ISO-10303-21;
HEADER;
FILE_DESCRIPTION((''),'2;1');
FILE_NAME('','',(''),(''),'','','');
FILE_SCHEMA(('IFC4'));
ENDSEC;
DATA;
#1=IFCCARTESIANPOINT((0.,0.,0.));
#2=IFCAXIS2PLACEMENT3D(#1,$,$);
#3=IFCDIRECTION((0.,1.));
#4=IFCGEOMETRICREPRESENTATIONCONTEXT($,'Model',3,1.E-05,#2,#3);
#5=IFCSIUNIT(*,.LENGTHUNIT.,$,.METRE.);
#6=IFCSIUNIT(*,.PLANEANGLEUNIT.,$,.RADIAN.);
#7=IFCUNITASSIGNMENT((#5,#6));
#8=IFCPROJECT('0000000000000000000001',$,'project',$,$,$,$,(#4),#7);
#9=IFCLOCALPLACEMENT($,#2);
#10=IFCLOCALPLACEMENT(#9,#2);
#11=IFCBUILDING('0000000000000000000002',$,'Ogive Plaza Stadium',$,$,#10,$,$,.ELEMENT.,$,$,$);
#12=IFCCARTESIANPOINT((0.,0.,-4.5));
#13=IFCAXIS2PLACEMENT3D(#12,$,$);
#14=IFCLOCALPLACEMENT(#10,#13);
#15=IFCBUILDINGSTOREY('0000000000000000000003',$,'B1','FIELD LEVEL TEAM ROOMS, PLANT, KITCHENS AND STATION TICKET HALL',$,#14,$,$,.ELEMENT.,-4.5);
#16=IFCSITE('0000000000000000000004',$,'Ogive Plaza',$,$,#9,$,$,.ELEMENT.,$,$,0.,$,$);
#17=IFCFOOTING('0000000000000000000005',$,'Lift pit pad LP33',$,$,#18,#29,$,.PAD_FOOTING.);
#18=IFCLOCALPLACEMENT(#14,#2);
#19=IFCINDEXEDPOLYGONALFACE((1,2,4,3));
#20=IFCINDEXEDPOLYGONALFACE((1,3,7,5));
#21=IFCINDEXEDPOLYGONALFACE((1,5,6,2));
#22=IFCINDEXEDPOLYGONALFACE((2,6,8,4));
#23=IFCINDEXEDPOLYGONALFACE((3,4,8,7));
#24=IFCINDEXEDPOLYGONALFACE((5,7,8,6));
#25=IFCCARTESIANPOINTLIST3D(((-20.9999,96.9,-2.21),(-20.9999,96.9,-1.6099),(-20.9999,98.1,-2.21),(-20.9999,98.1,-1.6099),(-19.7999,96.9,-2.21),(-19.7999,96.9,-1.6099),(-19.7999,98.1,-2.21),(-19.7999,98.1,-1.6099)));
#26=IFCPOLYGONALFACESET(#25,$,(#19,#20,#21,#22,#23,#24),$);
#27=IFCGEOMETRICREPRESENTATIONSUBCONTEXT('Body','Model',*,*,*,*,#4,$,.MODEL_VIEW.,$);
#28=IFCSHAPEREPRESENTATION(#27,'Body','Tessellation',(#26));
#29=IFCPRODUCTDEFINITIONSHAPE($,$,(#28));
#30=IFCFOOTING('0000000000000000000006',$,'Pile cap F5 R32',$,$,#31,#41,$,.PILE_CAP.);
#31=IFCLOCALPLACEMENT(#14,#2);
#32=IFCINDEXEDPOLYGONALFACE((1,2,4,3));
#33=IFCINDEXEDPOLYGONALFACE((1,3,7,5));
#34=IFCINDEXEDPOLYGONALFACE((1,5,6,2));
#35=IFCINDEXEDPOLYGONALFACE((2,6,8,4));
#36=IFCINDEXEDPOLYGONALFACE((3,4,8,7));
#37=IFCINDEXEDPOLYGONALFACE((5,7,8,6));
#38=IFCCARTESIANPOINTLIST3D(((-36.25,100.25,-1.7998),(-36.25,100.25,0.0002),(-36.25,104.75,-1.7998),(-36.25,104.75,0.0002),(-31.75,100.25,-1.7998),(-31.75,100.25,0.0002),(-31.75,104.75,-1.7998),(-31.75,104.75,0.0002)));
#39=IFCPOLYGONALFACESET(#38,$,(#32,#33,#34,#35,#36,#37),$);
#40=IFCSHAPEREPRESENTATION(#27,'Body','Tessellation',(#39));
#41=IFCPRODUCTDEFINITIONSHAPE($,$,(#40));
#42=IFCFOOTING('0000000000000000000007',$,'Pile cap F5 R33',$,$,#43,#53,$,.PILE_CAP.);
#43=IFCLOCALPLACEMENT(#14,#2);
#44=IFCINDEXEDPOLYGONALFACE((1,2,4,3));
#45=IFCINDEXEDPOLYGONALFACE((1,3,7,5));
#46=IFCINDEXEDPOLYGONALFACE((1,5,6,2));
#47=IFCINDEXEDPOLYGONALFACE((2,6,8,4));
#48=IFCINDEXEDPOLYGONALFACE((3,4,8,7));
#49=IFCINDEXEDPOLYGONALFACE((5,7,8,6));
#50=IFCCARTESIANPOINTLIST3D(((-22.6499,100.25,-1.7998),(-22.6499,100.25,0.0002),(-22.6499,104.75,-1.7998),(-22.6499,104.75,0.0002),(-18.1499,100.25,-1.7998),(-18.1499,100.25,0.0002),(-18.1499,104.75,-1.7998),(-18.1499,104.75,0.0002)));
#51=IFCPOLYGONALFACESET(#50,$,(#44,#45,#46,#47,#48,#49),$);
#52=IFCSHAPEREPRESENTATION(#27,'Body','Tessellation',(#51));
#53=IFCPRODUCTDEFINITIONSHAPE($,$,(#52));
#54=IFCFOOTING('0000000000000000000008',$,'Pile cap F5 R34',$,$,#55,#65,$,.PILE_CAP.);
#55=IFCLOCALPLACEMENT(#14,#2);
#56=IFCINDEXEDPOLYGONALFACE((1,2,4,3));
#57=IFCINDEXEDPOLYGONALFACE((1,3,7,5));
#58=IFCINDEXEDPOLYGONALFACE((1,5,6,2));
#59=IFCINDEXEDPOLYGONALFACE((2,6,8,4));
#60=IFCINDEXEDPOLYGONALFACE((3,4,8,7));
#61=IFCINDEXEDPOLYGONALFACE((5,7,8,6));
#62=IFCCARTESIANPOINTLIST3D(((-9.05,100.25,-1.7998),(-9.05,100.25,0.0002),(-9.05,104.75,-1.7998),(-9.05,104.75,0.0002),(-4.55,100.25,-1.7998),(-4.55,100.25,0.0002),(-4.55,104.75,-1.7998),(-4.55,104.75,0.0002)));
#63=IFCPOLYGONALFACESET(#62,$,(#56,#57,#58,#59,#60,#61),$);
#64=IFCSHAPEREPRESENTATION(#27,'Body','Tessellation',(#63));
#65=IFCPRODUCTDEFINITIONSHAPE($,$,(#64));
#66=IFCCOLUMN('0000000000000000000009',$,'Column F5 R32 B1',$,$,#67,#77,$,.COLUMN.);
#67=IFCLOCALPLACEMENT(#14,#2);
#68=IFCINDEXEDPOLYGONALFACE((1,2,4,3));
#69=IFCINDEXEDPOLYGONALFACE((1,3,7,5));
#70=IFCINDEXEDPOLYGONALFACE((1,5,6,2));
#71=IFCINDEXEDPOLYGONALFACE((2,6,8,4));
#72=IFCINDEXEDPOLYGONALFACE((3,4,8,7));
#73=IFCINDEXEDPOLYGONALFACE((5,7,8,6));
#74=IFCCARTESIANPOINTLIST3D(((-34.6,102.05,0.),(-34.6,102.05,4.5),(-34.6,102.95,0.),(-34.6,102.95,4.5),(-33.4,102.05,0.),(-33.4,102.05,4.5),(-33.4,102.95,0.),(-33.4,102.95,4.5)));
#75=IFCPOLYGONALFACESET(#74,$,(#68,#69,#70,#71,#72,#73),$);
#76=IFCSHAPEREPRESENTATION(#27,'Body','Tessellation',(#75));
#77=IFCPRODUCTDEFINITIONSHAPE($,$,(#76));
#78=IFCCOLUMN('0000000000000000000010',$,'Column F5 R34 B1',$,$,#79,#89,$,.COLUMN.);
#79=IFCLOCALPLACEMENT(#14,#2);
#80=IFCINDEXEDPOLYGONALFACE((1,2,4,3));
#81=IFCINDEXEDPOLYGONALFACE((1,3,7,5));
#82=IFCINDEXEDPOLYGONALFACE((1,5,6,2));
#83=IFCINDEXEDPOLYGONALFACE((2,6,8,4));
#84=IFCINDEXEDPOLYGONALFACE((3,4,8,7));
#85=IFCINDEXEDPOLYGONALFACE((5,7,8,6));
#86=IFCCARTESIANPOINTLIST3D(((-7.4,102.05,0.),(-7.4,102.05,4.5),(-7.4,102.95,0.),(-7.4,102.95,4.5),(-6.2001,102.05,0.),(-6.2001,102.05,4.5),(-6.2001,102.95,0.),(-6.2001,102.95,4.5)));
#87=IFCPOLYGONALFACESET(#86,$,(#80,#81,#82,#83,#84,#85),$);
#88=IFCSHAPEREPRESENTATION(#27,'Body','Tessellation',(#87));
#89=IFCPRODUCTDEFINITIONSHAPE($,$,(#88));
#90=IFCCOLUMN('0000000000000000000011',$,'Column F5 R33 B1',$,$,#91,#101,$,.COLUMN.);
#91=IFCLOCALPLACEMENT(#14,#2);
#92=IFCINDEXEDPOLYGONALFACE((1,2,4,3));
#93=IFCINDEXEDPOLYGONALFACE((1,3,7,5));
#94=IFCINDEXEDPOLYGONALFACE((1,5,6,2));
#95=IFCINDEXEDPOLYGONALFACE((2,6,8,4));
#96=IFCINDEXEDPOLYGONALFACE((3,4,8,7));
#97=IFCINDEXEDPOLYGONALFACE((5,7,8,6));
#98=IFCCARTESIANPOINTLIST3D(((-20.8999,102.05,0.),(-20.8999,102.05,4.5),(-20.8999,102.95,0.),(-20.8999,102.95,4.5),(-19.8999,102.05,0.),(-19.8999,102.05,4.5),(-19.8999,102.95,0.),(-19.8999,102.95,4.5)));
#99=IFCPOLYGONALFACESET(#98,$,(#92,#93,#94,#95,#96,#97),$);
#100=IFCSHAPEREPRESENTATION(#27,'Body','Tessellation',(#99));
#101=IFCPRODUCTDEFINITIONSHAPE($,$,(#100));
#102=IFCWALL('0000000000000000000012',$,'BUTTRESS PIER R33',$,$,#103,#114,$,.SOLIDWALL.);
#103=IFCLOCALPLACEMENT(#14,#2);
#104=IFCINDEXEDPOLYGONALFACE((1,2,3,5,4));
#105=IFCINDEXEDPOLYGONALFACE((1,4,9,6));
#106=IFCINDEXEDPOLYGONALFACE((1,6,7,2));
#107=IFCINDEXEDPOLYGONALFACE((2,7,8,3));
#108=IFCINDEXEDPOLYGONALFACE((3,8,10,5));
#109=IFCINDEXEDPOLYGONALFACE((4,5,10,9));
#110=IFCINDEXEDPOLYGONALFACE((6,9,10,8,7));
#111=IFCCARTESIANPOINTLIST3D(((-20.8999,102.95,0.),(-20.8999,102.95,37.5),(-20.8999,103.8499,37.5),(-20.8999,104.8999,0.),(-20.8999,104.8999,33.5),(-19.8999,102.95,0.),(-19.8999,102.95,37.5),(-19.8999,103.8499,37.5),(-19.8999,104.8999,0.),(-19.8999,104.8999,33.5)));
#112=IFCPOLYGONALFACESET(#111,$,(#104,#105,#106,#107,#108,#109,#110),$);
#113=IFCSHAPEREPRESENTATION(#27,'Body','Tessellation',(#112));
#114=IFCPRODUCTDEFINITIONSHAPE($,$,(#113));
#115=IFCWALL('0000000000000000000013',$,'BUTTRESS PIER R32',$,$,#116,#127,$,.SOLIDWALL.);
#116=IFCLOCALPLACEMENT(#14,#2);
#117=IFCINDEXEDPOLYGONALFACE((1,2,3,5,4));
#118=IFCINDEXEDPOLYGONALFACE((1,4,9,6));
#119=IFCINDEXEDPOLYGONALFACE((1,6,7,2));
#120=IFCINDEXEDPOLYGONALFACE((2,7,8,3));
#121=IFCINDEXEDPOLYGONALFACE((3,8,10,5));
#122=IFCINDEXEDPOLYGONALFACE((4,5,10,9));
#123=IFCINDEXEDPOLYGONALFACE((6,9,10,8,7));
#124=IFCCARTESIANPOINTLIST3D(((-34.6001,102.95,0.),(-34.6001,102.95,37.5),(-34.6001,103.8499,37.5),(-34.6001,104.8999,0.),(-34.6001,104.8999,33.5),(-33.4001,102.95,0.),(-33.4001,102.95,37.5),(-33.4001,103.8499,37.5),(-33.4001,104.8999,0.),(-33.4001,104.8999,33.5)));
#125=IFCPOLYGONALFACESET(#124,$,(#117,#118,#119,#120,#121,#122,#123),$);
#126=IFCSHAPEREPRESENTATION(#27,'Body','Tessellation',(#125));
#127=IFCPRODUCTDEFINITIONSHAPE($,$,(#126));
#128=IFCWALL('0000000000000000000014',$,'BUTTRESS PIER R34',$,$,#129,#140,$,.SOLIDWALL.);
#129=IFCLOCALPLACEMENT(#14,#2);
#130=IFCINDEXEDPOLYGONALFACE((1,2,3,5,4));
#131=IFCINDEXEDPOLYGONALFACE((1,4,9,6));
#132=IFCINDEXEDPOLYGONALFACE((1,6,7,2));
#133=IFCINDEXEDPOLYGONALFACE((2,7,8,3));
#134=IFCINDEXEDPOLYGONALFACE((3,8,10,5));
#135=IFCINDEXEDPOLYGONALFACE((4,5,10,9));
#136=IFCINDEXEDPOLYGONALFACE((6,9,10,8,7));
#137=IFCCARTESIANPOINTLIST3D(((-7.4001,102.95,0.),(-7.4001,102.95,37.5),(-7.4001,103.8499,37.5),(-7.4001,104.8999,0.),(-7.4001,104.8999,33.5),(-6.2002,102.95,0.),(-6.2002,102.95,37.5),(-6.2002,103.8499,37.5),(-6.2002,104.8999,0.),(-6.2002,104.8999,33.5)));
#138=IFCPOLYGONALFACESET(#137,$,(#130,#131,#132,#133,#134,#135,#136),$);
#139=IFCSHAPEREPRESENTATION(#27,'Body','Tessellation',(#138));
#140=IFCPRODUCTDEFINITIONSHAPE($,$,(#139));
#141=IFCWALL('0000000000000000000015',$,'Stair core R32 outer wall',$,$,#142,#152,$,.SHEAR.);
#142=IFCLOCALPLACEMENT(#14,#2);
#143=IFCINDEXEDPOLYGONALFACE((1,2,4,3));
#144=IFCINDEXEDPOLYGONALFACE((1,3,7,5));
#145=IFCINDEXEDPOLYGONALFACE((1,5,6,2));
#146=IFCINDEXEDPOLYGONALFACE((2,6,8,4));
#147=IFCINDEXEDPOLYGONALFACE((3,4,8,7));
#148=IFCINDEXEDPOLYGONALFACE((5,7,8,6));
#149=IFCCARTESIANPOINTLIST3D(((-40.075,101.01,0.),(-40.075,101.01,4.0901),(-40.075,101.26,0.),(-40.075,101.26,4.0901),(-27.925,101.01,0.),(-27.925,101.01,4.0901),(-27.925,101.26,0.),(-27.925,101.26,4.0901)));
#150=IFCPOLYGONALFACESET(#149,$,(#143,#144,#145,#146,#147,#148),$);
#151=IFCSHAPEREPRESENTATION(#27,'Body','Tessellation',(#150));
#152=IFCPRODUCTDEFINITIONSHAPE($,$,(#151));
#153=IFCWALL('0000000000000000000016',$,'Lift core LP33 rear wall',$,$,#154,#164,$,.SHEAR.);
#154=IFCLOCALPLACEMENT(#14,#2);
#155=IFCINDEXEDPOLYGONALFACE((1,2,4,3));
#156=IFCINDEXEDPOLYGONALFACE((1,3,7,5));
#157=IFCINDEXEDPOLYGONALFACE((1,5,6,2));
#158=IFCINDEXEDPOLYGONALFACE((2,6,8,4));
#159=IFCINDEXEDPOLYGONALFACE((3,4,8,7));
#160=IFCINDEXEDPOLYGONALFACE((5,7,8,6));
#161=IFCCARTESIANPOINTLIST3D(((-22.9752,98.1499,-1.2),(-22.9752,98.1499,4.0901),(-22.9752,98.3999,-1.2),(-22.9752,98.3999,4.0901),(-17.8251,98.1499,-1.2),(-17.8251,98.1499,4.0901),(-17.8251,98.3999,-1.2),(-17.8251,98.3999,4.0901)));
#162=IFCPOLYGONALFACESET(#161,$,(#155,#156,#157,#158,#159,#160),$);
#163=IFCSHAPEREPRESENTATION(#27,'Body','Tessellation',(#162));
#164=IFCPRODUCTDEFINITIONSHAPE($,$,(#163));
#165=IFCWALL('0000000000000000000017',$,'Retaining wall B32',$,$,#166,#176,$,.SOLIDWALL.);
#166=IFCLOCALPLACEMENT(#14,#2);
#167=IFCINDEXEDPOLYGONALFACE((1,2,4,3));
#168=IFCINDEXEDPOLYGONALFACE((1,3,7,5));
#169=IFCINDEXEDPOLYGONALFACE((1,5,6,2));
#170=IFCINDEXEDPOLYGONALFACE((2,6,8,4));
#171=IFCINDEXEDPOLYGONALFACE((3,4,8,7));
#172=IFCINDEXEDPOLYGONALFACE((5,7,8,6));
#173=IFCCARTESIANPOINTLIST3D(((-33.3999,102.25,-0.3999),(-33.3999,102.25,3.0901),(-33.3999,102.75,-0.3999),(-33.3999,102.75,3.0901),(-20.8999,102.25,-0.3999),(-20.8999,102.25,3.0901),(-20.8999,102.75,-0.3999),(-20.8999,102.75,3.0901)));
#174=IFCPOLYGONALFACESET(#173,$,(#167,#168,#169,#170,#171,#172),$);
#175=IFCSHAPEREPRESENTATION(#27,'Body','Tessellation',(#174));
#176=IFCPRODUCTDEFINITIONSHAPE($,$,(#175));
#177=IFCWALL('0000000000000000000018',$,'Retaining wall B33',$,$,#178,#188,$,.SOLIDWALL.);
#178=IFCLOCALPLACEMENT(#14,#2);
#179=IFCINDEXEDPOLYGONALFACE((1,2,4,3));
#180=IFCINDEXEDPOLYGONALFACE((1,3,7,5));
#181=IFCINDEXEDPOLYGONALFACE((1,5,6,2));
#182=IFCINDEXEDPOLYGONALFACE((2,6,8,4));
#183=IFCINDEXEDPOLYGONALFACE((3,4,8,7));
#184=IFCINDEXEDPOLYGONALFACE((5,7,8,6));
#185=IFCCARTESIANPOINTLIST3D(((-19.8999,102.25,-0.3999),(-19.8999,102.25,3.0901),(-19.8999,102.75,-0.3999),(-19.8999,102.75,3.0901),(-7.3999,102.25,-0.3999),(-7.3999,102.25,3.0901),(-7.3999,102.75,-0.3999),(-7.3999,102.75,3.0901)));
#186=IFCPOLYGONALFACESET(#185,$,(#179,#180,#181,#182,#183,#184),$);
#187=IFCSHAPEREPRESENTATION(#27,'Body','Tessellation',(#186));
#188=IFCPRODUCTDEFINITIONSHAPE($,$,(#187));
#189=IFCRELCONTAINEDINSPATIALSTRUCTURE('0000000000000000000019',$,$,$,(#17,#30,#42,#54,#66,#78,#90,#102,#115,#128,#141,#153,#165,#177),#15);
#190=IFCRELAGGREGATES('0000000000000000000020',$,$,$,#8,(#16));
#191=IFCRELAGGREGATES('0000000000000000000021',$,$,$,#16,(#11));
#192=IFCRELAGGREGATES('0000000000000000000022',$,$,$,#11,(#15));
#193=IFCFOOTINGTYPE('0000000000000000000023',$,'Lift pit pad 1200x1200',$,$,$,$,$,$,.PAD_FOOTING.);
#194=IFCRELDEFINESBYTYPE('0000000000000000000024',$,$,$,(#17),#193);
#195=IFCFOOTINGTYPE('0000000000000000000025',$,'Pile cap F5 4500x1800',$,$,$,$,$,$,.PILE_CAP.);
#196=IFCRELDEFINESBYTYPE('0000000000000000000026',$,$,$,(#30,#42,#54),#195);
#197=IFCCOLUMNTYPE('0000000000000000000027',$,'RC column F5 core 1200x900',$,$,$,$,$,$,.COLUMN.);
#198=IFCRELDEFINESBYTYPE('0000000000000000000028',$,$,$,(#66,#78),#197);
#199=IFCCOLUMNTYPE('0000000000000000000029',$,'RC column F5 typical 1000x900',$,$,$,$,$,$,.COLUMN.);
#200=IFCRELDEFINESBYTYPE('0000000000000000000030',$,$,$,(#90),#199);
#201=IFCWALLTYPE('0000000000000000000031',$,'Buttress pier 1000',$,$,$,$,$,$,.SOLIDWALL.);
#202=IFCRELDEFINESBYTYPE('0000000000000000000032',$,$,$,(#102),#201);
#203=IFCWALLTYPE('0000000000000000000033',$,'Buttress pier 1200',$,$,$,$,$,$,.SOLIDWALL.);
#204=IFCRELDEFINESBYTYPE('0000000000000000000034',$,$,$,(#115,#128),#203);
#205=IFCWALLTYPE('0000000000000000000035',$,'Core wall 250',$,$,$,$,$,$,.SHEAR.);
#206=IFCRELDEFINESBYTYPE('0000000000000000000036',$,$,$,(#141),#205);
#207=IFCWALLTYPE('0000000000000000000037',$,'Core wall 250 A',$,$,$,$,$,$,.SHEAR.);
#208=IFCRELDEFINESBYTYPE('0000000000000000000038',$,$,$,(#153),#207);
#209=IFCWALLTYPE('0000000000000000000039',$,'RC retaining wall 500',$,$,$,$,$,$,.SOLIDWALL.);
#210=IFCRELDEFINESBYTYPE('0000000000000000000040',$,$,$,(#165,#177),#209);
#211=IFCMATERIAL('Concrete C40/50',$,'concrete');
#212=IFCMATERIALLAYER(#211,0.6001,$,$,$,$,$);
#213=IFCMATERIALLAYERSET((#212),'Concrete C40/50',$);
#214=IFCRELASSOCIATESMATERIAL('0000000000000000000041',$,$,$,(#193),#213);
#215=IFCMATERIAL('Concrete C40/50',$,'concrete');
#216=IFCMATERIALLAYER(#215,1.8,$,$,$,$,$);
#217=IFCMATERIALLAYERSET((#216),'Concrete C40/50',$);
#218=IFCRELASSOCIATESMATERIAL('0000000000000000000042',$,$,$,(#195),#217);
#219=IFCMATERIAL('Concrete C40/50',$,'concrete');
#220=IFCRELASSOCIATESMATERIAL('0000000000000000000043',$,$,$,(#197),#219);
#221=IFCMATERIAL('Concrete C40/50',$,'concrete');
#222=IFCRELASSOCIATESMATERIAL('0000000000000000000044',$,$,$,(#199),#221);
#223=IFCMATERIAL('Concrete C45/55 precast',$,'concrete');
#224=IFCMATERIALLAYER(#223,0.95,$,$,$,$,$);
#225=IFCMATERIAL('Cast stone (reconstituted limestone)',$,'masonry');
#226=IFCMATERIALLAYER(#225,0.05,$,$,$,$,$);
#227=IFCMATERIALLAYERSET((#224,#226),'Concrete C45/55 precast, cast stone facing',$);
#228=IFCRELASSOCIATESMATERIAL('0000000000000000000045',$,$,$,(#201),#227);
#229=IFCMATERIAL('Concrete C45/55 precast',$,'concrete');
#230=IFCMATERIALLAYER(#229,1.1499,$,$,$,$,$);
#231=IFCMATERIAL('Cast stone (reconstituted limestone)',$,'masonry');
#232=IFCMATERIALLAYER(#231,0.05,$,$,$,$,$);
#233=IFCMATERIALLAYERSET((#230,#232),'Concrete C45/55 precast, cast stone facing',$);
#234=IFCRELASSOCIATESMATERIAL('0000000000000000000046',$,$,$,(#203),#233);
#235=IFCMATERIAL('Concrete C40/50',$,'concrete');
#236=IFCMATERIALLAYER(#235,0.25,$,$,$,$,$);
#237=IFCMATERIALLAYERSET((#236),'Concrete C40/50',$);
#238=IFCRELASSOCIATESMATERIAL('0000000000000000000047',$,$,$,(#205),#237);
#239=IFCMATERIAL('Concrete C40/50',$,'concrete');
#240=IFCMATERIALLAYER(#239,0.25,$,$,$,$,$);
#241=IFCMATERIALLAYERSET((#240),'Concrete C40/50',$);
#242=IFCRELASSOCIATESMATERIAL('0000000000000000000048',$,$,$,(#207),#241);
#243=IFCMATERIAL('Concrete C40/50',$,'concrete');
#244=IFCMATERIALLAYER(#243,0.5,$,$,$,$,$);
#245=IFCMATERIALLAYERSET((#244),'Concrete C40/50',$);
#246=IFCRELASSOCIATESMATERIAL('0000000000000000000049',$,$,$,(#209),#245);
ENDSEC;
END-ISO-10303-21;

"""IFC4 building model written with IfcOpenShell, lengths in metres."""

from ifc_helpers import new_model, si_unit, direction, frame, frame_2d, origin, origin_2d, place, context, subcontext, project, spatial, polyline, rectangle, outline, extrude, material, layer, layer_set, material_profile, profile_set, type_object, element, save


model = new_model("IFC4")

# Units and contexts
model_context = context("Model", 3, precision=1e-05, world=origin(), true_north=direction((0.0, 1.0)))
body_context = subcontext(model_context, "Body", "Model", "MODEL_VIEW")
ifc_project = project(units=[si_unit("LENGTHUNIT", "METRE"), si_unit("PLANEANGLEUNIT", "RADIAN")], contexts=[model_context])

# Site, building, storey
site_placement = place(None, origin())
site = spatial("IfcSite", under=ifc_project, at=site_placement, Name="Ogive Plaza", CompositionType="ELEMENT", RefElevation=0.0)
building_placement = place(site_placement, origin())
building = spatial("IfcBuilding", under=site, at=building_placement, Name="Ogive Plaza Stadium", CompositionType="ELEMENT")
storey_placement = place(building_placement, frame((0.0, 0.0, -4.5)))
storey = spatial("IfcBuildingStorey", under=building, at=storey_placement, Name="B1", Description="FIELD LEVEL TEAM ROOMS, PLANT, KITCHENS AND STATION TICKET HALL", CompositionType="ELEMENT", Elevation=-4.5)

# Footings
ifc_material_1 = material(Name="Concrete C40/50", Category="concrete")
ifc_layer_1 = layer(ifc_material_1, 0.6001)
ifc_layer_set_1 = layer_set([ifc_layer_1], Name="Concrete C40/50")
footing_type_1 = type_object("IfcFootingType", Name="Lift pit pad 1200x1200", PredefinedType="PAD_FOOTING", material=ifc_layer_set_1)
footing_placement = place(storey_placement, frame((-20.3999, 97.5, -2.21), z_axis=(0.0, 0.0, 1.0), x_axis=(0.0, 1.0, 0.0)))
element("IfcFooting", 1, at=footing_placement, inside=storey, type_object=footing_type_1, Name="Lift pit pad LP33", PredefinedType="PAD_FOOTING", context=body_context, shape_type="SweptSolid", body=[
    extrude(rectangle(XDim=1.2, YDim=1.2, at=origin_2d()), origin(), (0.0, 0.0, 1.0), 0.6001),
])
ifc_material_2 = material(Name="Concrete C40/50", Category="concrete")
ifc_layer_2 = layer(ifc_material_2, 1.8)
ifc_layer_set_2 = layer_set([ifc_layer_2], Name="Concrete C40/50")
footing_type_2 = type_object("IfcFootingType", Name="Pile cap F5 4500x1800", PredefinedType="PILE_CAP", material=ifc_layer_set_2)
for number, where, z_axis, x_axis, name in (
    (2, (-34.0, 102.5, -1.7998), (0.0, 0.0, 1.0), (0.0, 1.0, 0.0), "Pile cap F5 R32"),
    (3, (-20.3999, 102.5, -1.7998), (0.0, 0.0, 1.0), (0.0, 1.0, 0.0), "Pile cap F5 R33"),
    (4, (-6.8, 102.5, -1.7998), (0.0, 0.0, 1.0), (0.0, 1.0, 0.0), "Pile cap F5 R34"),
):
    element("IfcFooting", number, at=place(storey_placement, frame(where, z_axis=z_axis, x_axis=x_axis)), inside=storey, type_object=footing_type_2, Name=name, PredefinedType="PILE_CAP", context=body_context, shape_type="SweptSolid", body=[
        extrude(rectangle(XDim=4.5, YDim=4.5, at=origin_2d()), origin(), (0.0, 0.0, 1.0), 1.8),
    ])

# Columns
ifc_material_3 = material(Name="Concrete C40/50", Category="concrete")
ifc_material_profile_1 = material_profile(ifc_material_3, rectangle(XDim=1.2, YDim=0.8999, at=origin_2d()), Name="RC 1200x900")
ifc_profile_set_1 = profile_set([ifc_material_profile_1], Name="Concrete C40/50")
column_type_1 = type_object("IfcColumnType", Name="RC column F5 core 1200x900", PredefinedType="COLUMN", material=ifc_profile_set_1)
for number, where, z_axis, x_axis, name in (
    (5, (-34.0, 102.5, 0.0), (0.0, 0.0, 1.0), (-1.0, 0.0, 0.0), "Column F5 R32 B1"),
    (6, (-6.8, 102.5, 0.0), (0.0, 0.0, 1.0), (-1.0, 0.0, 0.0), "Column F5 R34 B1"),
):
    element("IfcColumn", number, at=place(storey_placement, frame(where, z_axis=z_axis, x_axis=x_axis)), inside=storey, type_object=column_type_1, Name=name, PredefinedType="COLUMN", context=body_context, shape_type="SweptSolid", body=[
        extrude(rectangle(XDim=1.2, YDim=0.8999, at=origin_2d()), origin(), (0.0, 0.0, 1.0), 4.5),
    ])
ifc_material_4 = material(Name="Concrete C40/50", Category="concrete")
ifc_material_profile_2 = material_profile(ifc_material_4, rectangle(XDim=1.0, YDim=0.8999, at=origin_2d()), Name="RC 1000x900")
ifc_profile_set_2 = profile_set([ifc_material_profile_2], Name="Concrete C40/50")
column_type_2 = type_object("IfcColumnType", Name="RC column F5 typical 1000x900", PredefinedType="COLUMN", material=ifc_profile_set_2)
column_placement = place(storey_placement, frame((-20.3999, 102.5, 0.0), z_axis=(0.0, 0.0, 1.0), x_axis=(-1.0, 0.0, 0.0)))
element("IfcColumn", 7, at=column_placement, inside=storey, type_object=column_type_2, Name="Column F5 R33 B1", PredefinedType="COLUMN", context=body_context, shape_type="SweptSolid", body=[
    extrude(rectangle(XDim=1.0, YDim=0.8999, at=origin_2d()), origin(), (0.0, 0.0, 1.0), 4.5),
])

# Walls
ifc_material_5 = material(Name="Concrete C45/55 precast", Category="concrete")
ifc_layer_3 = layer(ifc_material_5, 0.95)
ifc_material_6 = material(Name="Cast stone (reconstituted limestone)", Category="masonry")
ifc_layer_4 = layer(ifc_material_6, 0.05)
ifc_layer_set_3 = layer_set([ifc_layer_3, ifc_layer_4], Name="Concrete C45/55 precast, cast stone facing")
wall_type_1 = type_object("IfcWallType", Name="Buttress pier 1000", PredefinedType="SOLIDWALL", material=ifc_layer_set_3)
wall_1_placement = place(storey_placement, frame((-20.3999, 102.95, 0.0), z_axis=(0.0, 0.0, 1.0), x_axis=(0.0, 1.0, 0.0)))
element("IfcWall", 8, at=wall_1_placement, inside=storey, type_object=wall_type_1, Name="BUTTRESS PIER R33", PredefinedType="SOLIDWALL", context=body_context, shape_type="SweptSolid", body=[
    extrude(outline(polyline([(0.0, 0.0), (1.95, 0.0), (1.95, 33.5), (0.8999, 37.5), (0.0, 37.5), (0.0, 0.0)])), frame((0.0, 0.5, 0.0), z_axis=(0.0, -1.0, 0.0), x_axis=(1.0, 0.0, 0.0)), (0.0, 0.0, 1.0), 1.0),
])
ifc_material_7 = material(Name="Concrete C45/55 precast", Category="concrete")
ifc_layer_5 = layer(ifc_material_7, 1.1499)
ifc_material_8 = material(Name="Cast stone (reconstituted limestone)", Category="masonry")
ifc_layer_6 = layer(ifc_material_8, 0.05)
ifc_layer_set_4 = layer_set([ifc_layer_5, ifc_layer_6], Name="Concrete C45/55 precast, cast stone facing")
wall_type_2 = type_object("IfcWallType", Name="Buttress pier 1200", PredefinedType="SOLIDWALL", material=ifc_layer_set_4)
for number, where, z_axis, x_axis, name in (
    (9, (-34.0, 102.95, 0.0), (0.0, 0.0, 1.0), (0.0, 1.0, 0.0), "BUTTRESS PIER R32"),
    (10, (-6.8, 102.95, 0.0), (0.0, 0.0, 1.0), (0.0, 1.0, 0.0), "BUTTRESS PIER R34"),
):
    element("IfcWall", number, at=place(storey_placement, frame(where, z_axis=z_axis, x_axis=x_axis)), inside=storey, type_object=wall_type_2, Name=name, PredefinedType="SOLIDWALL", context=body_context, shape_type="SweptSolid", body=[
        extrude(outline(polyline([(0.0, 0.0), (1.95, 0.0), (1.95, 33.5), (0.8999, 37.5), (0.0, 37.5), (0.0, 0.0)])), frame((0.0, 0.6001, 0.0), z_axis=(0.0, -1.0, 0.0), x_axis=(1.0, 0.0, 0.0)), (0.0, 0.0, 1.0), 1.2),
    ])
ifc_material_9 = material(Name="Concrete C40/50", Category="concrete")
ifc_layer_7 = layer(ifc_material_9, 0.25)
ifc_layer_set_5 = layer_set([ifc_layer_7], Name="Concrete C40/50")
wall_type_3 = type_object("IfcWallType", Name="Core wall 250", PredefinedType="SHEAR", material=ifc_layer_set_5)
wall_2_placement = place(storey_placement, frame((-27.925, 101.135, 0.0), z_axis=(0.0, 0.0, 1.0), x_axis=(-1.0, 0.0, 0.0)))
element("IfcWall", 11, at=wall_2_placement, inside=storey, type_object=wall_type_3, Name="Stair core R32 outer wall", PredefinedType="SHEAR", context=body_context, shape_type="SweptSolid", body=[
    extrude(rectangle(XDim=12.1499, YDim=0.25, at=frame_2d((6.075, 0.0))), origin(), (0.0, 0.0, 1.0), 4.0901),
])
ifc_material_10 = material(Name="Concrete C40/50", Category="concrete")
ifc_layer_8 = layer(ifc_material_10, 0.25)
ifc_layer_set_6 = layer_set([ifc_layer_8], Name="Concrete C40/50")
wall_type_4 = type_object("IfcWallType", Name="Core wall 250 A", PredefinedType="SHEAR", material=ifc_layer_set_6)
wall_3_placement = place(storey_placement, frame((-17.825, 98.2749, -1.2), z_axis=(0.0, 0.0, 1.0), x_axis=(-1.0, 0.0, 0.0)))
element("IfcWall", 12, at=wall_3_placement, inside=storey, type_object=wall_type_4, Name="Lift core LP33 rear wall", PredefinedType="SHEAR", context=body_context, shape_type="SweptSolid", body=[
    extrude(rectangle(XDim=5.1501, YDim=0.25, at=frame_2d((2.5752, 0.0))), origin(), (0.0, 0.0, 1.0), 5.29),
])
ifc_material_11 = material(Name="Concrete C40/50", Category="concrete")
ifc_layer_9 = layer(ifc_material_11, 0.5)
ifc_layer_set_7 = layer_set([ifc_layer_9], Name="Concrete C40/50")
wall_type_5 = type_object("IfcWallType", Name="RC retaining wall 500", PredefinedType="SOLIDWALL", material=ifc_layer_set_7)
for number, where, z_axis, x_axis, name in (
    (13, (-33.3999, 102.5, -0.3999), (0.0, 0.0, 1.0), (1.0, 0.0, 0.0), "Retaining wall B32"),
    (14, (-19.8999, 102.5, -0.3999), (0.0, 0.0, 1.0), (1.0, 0.0, 0.0), "Retaining wall B33"),
):
    element("IfcWall", number, at=place(storey_placement, frame(where, z_axis=z_axis, x_axis=x_axis)), inside=storey, type_object=wall_type_5, Name=name, PredefinedType="SOLIDWALL", context=body_context, shape_type="SweptSolid", body=[
        extrude(rectangle(XDim=12.5, YDim=0.5, at=frame_2d((6.25, 0.0))), origin(), (0.0, 0.0, 1.0), 3.49),
    ])

save(model, "model.ifc")
